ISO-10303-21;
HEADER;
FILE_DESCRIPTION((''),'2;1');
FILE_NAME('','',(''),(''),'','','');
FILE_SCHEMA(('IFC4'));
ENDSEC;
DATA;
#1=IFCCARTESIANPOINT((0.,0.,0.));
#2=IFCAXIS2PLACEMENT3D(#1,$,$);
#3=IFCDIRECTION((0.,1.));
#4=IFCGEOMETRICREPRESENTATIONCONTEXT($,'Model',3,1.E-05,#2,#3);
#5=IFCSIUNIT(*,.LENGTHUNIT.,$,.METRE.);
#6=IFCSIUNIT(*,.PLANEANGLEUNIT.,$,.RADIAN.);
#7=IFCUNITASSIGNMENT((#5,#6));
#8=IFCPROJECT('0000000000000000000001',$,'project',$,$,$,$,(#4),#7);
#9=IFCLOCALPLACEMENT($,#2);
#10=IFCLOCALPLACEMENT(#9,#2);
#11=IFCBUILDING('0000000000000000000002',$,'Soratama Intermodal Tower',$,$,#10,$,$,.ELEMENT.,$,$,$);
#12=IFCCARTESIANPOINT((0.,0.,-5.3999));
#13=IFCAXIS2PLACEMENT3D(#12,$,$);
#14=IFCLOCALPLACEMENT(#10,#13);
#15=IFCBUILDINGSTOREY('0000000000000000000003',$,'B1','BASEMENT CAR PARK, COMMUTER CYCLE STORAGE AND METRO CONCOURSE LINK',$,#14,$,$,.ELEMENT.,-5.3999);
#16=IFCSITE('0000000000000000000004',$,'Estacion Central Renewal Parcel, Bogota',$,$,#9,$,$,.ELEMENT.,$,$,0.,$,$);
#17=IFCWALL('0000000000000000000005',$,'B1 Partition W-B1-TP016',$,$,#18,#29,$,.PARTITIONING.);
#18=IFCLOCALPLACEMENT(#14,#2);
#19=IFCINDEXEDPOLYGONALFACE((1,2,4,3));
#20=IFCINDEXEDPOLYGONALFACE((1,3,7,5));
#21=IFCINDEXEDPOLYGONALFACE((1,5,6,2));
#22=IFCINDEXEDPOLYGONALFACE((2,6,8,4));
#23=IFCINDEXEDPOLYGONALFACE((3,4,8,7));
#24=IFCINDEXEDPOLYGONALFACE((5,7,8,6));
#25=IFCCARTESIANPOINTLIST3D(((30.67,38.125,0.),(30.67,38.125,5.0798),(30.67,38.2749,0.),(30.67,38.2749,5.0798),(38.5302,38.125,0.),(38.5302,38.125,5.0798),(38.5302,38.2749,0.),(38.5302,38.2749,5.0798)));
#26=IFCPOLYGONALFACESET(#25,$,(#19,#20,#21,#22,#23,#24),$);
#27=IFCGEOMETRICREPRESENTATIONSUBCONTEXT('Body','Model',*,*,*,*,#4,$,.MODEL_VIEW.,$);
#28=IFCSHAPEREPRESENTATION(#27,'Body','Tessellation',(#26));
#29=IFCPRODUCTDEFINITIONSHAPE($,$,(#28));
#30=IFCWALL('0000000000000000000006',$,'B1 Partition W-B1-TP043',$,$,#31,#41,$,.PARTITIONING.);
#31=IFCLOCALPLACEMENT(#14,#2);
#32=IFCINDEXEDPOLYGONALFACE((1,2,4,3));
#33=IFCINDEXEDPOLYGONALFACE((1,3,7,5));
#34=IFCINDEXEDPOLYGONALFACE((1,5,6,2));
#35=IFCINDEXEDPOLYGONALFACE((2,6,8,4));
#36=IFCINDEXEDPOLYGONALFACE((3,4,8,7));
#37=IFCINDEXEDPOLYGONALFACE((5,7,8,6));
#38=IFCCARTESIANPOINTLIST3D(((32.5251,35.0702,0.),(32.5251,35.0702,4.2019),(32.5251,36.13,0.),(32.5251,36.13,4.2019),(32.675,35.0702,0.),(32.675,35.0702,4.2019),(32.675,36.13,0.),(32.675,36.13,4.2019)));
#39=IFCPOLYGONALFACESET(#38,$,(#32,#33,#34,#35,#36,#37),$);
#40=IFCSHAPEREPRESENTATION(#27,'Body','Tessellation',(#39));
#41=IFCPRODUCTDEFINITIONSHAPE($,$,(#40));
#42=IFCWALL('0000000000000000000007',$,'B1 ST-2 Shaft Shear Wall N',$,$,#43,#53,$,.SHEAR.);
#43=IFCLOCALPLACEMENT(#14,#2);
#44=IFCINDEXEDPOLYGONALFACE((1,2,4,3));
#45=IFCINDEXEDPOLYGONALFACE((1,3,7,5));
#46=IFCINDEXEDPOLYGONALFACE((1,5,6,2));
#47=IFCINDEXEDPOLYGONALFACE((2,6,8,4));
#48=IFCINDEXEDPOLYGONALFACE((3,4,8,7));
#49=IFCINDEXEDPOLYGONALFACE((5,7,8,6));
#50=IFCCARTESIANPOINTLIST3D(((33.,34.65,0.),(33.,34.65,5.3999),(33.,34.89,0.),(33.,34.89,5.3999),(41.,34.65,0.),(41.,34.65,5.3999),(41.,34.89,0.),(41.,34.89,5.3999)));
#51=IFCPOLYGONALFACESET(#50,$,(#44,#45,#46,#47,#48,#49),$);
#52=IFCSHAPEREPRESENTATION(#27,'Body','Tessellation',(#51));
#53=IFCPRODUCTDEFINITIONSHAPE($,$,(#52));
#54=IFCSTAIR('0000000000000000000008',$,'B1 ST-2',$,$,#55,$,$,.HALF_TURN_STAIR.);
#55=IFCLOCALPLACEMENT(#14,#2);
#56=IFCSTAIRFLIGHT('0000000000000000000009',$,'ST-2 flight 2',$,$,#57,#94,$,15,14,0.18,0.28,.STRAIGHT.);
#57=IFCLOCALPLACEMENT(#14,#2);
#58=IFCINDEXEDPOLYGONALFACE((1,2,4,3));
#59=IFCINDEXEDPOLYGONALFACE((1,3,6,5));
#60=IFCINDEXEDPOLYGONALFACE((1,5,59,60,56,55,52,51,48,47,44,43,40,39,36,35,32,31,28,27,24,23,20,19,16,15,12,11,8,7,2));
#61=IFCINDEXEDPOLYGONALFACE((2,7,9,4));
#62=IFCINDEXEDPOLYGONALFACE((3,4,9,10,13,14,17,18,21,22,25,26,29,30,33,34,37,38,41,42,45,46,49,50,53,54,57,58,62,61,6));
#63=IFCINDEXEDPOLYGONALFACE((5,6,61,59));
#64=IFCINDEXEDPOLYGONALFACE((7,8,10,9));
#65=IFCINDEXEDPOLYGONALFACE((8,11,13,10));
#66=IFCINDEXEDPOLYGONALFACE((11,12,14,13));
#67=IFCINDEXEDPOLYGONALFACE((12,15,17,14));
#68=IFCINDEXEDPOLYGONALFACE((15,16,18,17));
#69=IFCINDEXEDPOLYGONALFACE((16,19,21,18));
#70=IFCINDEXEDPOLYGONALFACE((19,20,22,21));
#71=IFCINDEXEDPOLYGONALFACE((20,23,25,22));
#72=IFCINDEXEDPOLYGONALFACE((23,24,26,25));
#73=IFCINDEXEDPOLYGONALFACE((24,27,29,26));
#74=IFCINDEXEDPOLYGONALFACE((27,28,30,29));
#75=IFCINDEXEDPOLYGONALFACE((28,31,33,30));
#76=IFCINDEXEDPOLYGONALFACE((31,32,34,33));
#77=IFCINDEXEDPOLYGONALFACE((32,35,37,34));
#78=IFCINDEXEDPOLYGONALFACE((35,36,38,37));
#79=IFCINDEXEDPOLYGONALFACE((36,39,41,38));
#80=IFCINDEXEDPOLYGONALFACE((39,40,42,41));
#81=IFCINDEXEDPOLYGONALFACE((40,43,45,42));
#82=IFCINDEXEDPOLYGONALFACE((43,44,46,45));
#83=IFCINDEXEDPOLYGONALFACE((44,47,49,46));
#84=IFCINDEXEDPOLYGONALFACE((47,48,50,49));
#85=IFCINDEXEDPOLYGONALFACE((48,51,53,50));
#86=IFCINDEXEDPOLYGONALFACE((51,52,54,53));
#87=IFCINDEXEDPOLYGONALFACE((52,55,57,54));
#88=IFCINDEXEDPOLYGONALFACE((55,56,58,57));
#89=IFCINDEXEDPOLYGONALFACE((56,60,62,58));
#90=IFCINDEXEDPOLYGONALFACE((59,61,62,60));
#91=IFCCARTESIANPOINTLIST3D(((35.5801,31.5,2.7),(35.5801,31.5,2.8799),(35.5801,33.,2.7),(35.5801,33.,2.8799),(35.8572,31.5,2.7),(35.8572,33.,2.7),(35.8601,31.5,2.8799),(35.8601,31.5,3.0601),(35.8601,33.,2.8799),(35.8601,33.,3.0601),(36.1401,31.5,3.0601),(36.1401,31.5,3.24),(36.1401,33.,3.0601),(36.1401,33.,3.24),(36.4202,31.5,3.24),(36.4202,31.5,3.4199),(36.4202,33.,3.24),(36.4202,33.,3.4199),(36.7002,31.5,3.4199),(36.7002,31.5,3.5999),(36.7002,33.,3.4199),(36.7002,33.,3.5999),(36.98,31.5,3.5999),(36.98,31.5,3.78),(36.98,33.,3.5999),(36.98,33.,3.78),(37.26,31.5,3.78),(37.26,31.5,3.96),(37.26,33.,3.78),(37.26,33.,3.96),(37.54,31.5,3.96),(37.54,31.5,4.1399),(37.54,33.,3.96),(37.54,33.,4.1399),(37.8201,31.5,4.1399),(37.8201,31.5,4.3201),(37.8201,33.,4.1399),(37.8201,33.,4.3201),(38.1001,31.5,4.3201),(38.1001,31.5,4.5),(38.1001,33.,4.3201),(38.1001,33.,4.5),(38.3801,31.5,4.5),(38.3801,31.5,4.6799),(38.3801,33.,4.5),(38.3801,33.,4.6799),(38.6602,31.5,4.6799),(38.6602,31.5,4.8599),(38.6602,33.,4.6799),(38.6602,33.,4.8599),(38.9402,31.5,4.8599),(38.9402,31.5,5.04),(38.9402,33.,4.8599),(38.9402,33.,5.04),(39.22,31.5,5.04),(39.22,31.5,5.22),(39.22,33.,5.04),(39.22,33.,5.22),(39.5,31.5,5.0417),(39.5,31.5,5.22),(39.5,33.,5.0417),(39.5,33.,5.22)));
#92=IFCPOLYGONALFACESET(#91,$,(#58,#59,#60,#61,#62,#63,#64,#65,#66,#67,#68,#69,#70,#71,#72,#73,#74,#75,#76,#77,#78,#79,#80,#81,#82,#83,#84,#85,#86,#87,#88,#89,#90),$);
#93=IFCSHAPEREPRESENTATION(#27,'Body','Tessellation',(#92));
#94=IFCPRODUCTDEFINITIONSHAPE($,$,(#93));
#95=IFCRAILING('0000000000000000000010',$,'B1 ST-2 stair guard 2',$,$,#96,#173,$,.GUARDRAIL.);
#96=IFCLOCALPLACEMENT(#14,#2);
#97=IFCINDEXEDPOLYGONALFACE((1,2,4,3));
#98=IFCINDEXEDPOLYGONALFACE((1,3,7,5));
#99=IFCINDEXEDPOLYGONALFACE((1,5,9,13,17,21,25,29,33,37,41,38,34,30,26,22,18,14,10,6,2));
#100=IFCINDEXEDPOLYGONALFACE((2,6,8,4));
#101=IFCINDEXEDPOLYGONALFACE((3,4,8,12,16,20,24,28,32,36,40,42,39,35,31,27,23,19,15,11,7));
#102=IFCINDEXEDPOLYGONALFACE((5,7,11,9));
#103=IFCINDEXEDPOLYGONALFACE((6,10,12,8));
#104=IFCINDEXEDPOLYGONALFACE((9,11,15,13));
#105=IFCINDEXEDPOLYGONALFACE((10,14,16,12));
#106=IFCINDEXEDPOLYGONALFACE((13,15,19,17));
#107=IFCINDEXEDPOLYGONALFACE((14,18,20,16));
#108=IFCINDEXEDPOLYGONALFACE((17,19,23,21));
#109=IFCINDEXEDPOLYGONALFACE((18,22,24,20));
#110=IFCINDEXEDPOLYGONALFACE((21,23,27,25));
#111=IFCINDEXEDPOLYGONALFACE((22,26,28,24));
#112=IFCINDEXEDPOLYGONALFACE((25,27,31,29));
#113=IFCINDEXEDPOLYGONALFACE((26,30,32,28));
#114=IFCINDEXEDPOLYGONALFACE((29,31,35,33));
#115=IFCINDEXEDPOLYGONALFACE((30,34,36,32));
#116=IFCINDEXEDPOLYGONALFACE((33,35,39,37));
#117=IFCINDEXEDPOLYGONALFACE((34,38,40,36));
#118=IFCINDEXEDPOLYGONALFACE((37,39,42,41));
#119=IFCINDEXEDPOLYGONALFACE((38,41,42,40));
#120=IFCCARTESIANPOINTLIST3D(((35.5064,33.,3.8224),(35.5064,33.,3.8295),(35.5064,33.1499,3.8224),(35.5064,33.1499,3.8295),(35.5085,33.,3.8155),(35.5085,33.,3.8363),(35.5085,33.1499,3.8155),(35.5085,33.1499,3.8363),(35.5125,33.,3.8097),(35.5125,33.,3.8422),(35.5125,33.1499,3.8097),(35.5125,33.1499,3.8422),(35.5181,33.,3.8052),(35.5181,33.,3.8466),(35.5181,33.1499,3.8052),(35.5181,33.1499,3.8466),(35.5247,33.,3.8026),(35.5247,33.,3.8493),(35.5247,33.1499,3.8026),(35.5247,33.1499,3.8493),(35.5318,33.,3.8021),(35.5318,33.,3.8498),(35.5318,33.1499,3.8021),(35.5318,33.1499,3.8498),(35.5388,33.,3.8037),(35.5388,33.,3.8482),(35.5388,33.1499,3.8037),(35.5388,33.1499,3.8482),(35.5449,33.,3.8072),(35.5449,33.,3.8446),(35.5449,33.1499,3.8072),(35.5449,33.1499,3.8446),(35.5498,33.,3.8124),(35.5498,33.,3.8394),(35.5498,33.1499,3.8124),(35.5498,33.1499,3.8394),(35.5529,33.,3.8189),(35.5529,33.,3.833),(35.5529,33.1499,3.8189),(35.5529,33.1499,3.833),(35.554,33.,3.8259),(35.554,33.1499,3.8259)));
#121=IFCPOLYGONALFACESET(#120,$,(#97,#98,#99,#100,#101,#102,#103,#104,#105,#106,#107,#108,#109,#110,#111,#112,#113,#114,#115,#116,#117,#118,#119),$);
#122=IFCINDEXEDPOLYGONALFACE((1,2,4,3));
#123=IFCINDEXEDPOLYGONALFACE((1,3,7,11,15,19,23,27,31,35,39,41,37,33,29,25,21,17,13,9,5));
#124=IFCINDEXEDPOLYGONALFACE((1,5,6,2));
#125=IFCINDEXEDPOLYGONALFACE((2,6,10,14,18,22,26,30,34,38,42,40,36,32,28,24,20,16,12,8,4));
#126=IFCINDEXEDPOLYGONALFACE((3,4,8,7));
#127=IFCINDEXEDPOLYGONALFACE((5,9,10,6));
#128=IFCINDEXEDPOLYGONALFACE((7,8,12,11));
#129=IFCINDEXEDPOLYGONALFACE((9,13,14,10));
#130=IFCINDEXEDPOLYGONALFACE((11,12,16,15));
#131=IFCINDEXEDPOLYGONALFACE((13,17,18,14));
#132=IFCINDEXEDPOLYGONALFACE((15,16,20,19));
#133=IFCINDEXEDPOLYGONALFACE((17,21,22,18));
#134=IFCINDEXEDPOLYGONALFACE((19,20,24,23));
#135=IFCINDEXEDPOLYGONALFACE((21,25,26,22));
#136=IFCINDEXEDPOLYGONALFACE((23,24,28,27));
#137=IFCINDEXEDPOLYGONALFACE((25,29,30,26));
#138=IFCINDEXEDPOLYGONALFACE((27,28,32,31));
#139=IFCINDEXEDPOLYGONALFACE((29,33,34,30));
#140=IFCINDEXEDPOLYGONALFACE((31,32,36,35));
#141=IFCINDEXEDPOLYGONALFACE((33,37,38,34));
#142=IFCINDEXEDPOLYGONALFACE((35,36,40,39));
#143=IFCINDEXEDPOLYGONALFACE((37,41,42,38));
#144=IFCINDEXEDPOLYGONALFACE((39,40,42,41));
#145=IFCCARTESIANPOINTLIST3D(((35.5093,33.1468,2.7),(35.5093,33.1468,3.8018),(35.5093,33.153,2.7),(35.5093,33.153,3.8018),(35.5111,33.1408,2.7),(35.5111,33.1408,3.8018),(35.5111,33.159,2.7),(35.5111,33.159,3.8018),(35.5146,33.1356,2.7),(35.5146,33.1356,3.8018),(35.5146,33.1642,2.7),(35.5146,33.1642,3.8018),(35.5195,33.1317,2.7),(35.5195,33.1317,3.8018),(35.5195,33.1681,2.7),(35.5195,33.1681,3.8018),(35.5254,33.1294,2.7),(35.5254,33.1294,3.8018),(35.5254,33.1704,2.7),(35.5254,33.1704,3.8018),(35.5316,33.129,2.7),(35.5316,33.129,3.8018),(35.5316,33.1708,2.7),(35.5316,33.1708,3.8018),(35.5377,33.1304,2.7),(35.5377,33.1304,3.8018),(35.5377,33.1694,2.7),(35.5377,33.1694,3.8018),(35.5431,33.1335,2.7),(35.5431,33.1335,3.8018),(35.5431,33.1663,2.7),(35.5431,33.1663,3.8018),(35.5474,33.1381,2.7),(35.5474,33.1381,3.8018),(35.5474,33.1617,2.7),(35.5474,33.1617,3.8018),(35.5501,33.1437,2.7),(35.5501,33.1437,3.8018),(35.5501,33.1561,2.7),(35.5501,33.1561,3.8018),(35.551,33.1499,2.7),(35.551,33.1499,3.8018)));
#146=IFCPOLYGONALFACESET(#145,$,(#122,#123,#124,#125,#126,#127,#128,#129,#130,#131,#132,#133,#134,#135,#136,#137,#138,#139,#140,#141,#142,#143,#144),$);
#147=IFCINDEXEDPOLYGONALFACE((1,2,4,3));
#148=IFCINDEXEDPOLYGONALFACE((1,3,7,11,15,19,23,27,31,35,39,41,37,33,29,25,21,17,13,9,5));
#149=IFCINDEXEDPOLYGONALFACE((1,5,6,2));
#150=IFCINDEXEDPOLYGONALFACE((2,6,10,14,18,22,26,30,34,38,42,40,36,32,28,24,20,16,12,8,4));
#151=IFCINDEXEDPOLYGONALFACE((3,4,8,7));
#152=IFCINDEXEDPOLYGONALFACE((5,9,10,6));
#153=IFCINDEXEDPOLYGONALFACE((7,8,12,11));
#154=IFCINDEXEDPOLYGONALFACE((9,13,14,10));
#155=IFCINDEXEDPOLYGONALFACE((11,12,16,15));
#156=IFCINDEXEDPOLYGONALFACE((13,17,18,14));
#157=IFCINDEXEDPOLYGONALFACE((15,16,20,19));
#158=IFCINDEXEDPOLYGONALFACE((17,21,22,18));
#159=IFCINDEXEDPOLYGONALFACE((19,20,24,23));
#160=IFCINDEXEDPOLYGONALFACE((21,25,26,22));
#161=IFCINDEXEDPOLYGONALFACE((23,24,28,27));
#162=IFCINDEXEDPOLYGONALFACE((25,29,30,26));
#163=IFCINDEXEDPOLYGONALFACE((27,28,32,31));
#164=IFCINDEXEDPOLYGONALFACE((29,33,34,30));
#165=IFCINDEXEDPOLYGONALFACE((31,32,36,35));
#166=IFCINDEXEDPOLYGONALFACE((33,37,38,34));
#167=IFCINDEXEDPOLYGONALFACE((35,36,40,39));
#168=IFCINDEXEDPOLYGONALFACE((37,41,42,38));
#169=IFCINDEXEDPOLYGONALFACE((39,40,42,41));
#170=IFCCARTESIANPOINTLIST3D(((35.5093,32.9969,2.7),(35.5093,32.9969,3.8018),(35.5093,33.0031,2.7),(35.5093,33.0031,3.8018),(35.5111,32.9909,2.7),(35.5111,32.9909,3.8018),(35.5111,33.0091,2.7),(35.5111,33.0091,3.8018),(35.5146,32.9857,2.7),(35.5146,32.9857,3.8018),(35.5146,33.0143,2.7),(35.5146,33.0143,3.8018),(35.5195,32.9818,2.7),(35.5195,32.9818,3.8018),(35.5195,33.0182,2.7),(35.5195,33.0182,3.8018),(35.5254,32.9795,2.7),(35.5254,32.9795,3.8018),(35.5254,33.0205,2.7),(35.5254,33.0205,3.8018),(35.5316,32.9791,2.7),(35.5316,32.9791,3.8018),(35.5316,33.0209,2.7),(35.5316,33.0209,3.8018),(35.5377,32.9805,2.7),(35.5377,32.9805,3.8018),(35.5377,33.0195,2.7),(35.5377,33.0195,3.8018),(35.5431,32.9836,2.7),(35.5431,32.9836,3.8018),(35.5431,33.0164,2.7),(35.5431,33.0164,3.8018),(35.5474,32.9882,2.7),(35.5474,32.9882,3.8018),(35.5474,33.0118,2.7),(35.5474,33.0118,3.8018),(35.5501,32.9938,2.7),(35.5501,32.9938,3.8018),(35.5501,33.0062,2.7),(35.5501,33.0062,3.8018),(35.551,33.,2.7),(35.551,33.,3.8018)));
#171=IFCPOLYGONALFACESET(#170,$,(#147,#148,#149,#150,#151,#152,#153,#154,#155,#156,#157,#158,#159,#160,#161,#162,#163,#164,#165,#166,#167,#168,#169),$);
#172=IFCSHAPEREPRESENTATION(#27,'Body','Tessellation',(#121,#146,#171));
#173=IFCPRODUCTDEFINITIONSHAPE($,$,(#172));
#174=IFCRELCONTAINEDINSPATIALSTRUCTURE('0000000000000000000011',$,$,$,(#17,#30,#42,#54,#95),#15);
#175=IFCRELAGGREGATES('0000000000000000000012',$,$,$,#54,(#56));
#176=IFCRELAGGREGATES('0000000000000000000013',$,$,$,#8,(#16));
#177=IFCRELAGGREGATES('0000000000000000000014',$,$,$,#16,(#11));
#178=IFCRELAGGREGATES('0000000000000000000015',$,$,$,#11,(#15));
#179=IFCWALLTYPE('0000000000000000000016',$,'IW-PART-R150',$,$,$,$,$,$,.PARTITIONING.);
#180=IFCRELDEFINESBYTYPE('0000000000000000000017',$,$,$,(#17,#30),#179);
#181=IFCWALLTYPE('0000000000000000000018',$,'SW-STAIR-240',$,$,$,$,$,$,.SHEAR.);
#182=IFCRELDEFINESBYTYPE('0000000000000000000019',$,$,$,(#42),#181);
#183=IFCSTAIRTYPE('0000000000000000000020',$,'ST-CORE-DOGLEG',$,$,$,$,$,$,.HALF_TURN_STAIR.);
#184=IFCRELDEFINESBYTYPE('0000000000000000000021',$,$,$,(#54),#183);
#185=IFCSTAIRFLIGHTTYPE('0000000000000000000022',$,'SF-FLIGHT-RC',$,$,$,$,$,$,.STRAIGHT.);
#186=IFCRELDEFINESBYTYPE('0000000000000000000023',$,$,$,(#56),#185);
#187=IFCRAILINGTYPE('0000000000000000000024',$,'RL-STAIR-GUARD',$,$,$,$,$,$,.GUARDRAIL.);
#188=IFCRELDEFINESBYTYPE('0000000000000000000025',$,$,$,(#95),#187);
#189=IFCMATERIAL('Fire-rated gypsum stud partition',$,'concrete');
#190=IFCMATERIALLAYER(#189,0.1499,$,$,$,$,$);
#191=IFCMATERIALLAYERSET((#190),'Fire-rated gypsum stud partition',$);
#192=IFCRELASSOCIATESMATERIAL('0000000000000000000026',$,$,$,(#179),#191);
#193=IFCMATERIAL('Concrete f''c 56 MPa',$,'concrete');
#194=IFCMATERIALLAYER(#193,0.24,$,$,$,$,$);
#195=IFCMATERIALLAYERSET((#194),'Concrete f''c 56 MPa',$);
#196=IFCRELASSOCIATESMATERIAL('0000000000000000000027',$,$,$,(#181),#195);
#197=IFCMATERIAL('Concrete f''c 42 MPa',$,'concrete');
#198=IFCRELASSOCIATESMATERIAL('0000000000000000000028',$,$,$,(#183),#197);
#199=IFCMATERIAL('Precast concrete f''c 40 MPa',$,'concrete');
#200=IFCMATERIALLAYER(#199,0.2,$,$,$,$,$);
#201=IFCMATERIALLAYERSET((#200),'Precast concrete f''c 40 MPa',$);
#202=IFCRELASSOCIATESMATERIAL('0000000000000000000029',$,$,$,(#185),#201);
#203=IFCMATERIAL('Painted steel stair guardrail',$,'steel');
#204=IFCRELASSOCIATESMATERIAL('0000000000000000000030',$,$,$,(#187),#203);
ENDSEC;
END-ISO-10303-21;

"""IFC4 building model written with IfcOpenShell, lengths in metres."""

from ifc_helpers import new_model, si_unit, direction, frame, frame_2d, origin, origin_2d, place, context, subcontext, project, spatial, polyline, rectangle, circle, outline, extrude, material, layer, layer_set, type_object, element, aggregate, save


model = new_model("IFC4")

# Units and contexts
model_context = context("Model", 3, precision=1e-05, world=origin(), true_north=direction((0.0, 1.0)))
body_context = subcontext(model_context, "Body", "Model", "MODEL_VIEW")
ifc_project = project(units=[si_unit("LENGTHUNIT", "METRE"), si_unit("PLANEANGLEUNIT", "RADIAN")], contexts=[model_context])

# Site, building, storey
site_placement = place(None, origin())
site = spatial("IfcSite", under=ifc_project, at=site_placement, Name="Estacion Central Renewal Parcel, Bogota", CompositionType="ELEMENT", RefElevation=0.0)
building_placement = place(site_placement, origin())
building = spatial("IfcBuilding", under=site, at=building_placement, Name="Soratama Intermodal Tower", CompositionType="ELEMENT")
storey_placement = place(building_placement, frame((0.0, 0.0, -5.3999)))
storey = spatial("IfcBuildingStorey", under=building, at=storey_placement, Name="B1", Description="BASEMENT CAR PARK, COMMUTER CYCLE STORAGE AND METRO CONCOURSE LINK", CompositionType="ELEMENT", Elevation=-5.3999)

# Walls
ifc_material_1 = material(Name="Fire-rated gypsum stud partition", Category="concrete")
ifc_layer_1 = layer(ifc_material_1, 0.1499)
ifc_layer_set_1 = layer_set([ifc_layer_1], Name="Fire-rated gypsum stud partition")
wall_type_1 = type_object("IfcWallType", Name="IW-PART-R150", PredefinedType="PARTITIONING", material=ifc_layer_set_1)
wall_1_placement = place(storey_placement, frame((30.6699, 38.2, 0.0), z_axis=(0.0, 0.0, 1.0), x_axis=(1.0, 0.0, 0.0)))
element("IfcWall", 1, at=wall_1_placement, inside=storey, type_object=wall_type_1, Name="B1 Partition W-B1-TP016", PredefinedType="PARTITIONING", context=body_context, shape_type="SweptSolid", body=[
    extrude(rectangle(XDim=7.8601, YDim=0.1499, at=frame_2d((3.9302, 0.0))), origin(), (0.0, 0.0, 1.0), 5.0798),
])
wall_2_placement = place(storey_placement, frame((32.6001, 36.1299, 0.0), z_axis=(0.0, 0.0, 1.0), x_axis=(0.0, -1.0, 0.0)))
element("IfcWall", 2, at=wall_2_placement, inside=storey, type_object=wall_type_1, Name="B1 Partition W-B1-TP043", PredefinedType="PARTITIONING", context=body_context, shape_type="SweptSolid", body=[
    extrude(rectangle(XDim=1.0598, YDim=0.1499, at=frame_2d((0.5298, 0.0))), origin(), (0.0, 0.0, 1.0), 4.2019),
])
ifc_material_2 = material(Name="Concrete f'c 56 MPa", Category="concrete")
ifc_layer_2 = layer(ifc_material_2, 0.24)
ifc_layer_set_2 = layer_set([ifc_layer_2], Name="Concrete f'c 56 MPa")
wall_type_2 = type_object("IfcWallType", Name="SW-STAIR-240", PredefinedType="SHEAR", material=ifc_layer_set_2)
wall_3_placement = place(storey_placement, frame((33.0, 34.77, 0.0), z_axis=(0.0, 0.0, 1.0), x_axis=(1.0, 0.0, 0.0)))
element("IfcWall", 3, at=wall_3_placement, inside=storey, type_object=wall_type_2, Name="B1 ST-2 Shaft Shear Wall N", PredefinedType="SHEAR", context=body_context, shape_type="SweptSolid", body=[
    extrude(rectangle(XDim=8.0, YDim=0.24, at=frame_2d((4.0, 0.0))), origin(), (0.0, 0.0, 1.0), 5.3999),
])

# Stair, stair flight
ifc_material_3 = material(Name="Concrete f'c 42 MPa", Category="concrete")
stair_type = type_object("IfcStairType", Name="ST-CORE-DOGLEG", PredefinedType="HALF_TURN_STAIR", material=ifc_material_3)
stair_placement = place(storey_placement, origin())
stair = element("IfcStair", 4, at=stair_placement, inside=storey, type_object=stair_type, Name="B1 ST-2", PredefinedType="HALF_TURN_STAIR")
ifc_material_4 = material(Name="Precast concrete f'c 40 MPa", Category="concrete")
ifc_layer_3 = layer(ifc_material_4, 0.2)
ifc_layer_set_3 = layer_set([ifc_layer_3], Name="Precast concrete f'c 40 MPa")
stair_flight_type = type_object("IfcStairFlightType", Name="SF-FLIGHT-RC", PredefinedType="STRAIGHT", material=ifc_layer_set_3)
stair_flight_placement = place(storey_placement, frame((35.5801, 32.25, 2.7), z_axis=(0.0, 0.0, 1.0), x_axis=(1.0, 0.0, 0.0)))
stair_flight = element("IfcStairFlight", 5, at=stair_flight_placement, type_object=stair_flight_type, Name="ST-2 flight 2", NumberOfRisers=15, NumberOfTreads=14, PredefinedType="STRAIGHT", RiserHeight=0.18, TreadLength=0.28, context=body_context, shape_type="SweptSolid", body=[
    extrude(outline(polyline([(0.0, 0.0), (0.0, 0.1799), (0.28, 0.1799), (0.28, 0.3601), (0.5601, 0.3601), (0.5601, 0.54), (0.8401, 0.54), (0.8401, 0.72), (1.1201, 0.72), (1.1201, 0.8999), (1.3999, 0.8999), (1.3999, 1.0801), (1.6799, 1.0801), (1.6799, 1.26), (1.96, 1.26), (1.96, 1.4399), (2.24, 1.4399), (2.24, 1.6201), (2.52, 1.6201), (2.52, 1.8), (2.8, 1.8), (2.8, 1.98), (3.0801, 1.98), (3.0801, 2.1599), (3.3601, 2.1599), (3.3601, 2.3401), (3.6399, 2.3401), (3.6399, 2.52), (3.9199, 2.52), (3.9199, 2.7), (3.9199, 2.3418), (0.2771, 0.0), (0.0, 0.0)])), frame((0.0, 0.75, 0.0), z_axis=(0.0, -1.0, 0.0), x_axis=(1.0, 0.0, 0.0)), (0.0, 0.0, 1.0), 1.5),
])
aggregate(stair, [stair_flight])

# Railing
ifc_material_5 = material(Name="Painted steel stair guardrail", Category="steel")
railing_type_1 = type_object("IfcRailingType", Name="RL-STAIR-GUARD", PredefinedType="GUARDRAIL", material=ifc_material_5)
railing_1_placement = place(storey_placement, frame((35.53, 33.1499, 2.7)))
element("IfcRailing", 6, at=railing_1_placement, inside=storey, type_object=railing_type_1, Name="B1 ST-2 stair guard 2", PredefinedType="GUARDRAIL", context=body_context, shape_type="SweptSolid", body=[
    extrude(circle(Radius=0.0239, at=origin_2d()), frame((0.0, 0.0, 1.126), z_axis=(0.0, -1.0, 0.0), x_axis=(1.0, 0.0, 0.0)), (0.0, 0.0, 1.0), 0.1499),
    extrude(circle(Radius=0.021, at=origin_2d()), origin(), (0.0, 0.0, 1.0), 1.1018),
    extrude(circle(Radius=0.021, at=origin_2d()), frame((0.0, -0.1499, 0.0)), (0.0, 0.0, 1.0), 1.1018),
])

save(model, "model.ifc")
